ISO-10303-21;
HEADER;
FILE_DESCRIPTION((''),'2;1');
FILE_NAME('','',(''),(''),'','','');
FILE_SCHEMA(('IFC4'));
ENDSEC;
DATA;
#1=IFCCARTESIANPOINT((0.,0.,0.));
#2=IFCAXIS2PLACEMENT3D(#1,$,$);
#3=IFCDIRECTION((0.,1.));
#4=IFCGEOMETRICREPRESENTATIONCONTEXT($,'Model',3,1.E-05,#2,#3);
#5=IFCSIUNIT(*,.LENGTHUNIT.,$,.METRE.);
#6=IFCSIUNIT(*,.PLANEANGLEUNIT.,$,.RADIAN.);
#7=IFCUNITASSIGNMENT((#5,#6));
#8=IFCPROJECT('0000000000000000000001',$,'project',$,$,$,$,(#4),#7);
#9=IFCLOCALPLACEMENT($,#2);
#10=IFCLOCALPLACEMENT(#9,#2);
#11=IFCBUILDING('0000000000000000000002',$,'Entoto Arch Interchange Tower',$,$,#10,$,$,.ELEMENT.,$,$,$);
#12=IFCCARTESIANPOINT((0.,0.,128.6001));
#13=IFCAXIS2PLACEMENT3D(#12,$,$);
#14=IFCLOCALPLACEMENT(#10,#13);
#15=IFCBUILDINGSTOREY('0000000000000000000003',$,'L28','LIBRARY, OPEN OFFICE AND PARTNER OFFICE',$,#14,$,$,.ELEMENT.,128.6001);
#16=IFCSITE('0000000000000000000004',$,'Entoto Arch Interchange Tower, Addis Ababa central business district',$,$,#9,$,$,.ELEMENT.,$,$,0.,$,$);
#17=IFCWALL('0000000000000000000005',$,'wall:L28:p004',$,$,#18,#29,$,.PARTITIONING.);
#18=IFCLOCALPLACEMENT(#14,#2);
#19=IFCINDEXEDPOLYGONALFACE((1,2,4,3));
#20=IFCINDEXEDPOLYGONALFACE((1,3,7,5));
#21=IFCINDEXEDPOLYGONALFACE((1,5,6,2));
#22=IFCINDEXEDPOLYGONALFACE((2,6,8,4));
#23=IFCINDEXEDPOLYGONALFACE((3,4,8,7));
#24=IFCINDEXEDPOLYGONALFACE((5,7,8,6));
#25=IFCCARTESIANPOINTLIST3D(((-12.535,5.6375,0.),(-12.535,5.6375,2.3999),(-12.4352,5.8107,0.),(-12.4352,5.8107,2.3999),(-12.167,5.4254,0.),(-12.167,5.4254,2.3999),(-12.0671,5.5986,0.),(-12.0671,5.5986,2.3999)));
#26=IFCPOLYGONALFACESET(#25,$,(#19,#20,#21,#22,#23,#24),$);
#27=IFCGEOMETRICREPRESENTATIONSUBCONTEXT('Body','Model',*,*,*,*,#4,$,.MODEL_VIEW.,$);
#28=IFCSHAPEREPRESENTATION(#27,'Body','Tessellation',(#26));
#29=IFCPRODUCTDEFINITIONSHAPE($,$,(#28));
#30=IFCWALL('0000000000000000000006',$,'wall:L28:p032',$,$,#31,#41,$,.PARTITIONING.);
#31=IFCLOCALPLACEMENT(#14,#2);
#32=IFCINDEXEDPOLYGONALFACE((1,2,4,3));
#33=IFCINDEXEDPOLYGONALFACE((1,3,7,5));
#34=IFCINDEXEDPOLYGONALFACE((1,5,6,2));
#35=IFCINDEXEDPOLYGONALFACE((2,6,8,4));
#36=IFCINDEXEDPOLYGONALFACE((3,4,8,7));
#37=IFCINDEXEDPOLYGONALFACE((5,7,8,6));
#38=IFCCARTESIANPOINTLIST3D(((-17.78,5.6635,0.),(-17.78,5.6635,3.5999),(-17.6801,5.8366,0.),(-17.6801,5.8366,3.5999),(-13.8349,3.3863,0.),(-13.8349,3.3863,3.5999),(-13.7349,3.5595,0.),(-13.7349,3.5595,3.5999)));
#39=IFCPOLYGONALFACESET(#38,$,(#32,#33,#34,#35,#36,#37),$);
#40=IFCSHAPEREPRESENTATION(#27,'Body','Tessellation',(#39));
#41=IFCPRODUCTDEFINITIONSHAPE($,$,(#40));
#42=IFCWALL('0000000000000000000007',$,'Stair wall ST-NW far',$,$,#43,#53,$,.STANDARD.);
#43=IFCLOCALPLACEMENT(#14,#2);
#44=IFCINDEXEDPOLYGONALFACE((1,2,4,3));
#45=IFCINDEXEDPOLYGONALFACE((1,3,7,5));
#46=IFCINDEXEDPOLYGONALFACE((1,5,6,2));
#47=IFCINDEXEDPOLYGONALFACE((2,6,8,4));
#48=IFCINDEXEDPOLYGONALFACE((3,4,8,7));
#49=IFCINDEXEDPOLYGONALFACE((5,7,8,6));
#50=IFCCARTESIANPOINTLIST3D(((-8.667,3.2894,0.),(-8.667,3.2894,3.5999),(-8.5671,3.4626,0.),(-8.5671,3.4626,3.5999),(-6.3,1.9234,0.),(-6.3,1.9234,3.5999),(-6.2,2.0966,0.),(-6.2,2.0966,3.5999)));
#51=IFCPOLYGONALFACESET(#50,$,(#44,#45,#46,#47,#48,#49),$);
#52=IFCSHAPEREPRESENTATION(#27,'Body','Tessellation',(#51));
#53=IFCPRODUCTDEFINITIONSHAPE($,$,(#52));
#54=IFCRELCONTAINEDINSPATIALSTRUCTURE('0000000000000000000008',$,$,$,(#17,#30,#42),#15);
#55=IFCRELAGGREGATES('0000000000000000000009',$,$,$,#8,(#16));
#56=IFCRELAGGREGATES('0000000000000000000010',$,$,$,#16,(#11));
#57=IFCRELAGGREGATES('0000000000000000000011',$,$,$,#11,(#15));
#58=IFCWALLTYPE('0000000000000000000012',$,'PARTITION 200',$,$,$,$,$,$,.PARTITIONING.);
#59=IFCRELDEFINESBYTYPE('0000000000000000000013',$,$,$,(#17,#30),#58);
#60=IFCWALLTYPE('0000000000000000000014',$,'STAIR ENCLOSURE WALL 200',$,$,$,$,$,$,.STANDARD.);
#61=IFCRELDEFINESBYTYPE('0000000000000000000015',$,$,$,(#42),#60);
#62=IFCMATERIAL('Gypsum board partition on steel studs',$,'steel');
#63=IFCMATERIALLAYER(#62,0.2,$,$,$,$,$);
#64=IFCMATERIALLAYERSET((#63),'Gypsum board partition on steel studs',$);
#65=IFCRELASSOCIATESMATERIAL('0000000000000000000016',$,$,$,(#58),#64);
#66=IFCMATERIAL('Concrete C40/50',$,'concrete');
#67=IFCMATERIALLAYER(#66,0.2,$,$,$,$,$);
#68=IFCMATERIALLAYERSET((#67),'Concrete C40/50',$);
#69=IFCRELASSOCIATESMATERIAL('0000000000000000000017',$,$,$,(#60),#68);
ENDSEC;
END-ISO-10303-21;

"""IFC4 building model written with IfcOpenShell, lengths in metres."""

from ifc_helpers import new_model, si_unit, direction, frame, frame_2d, origin, place, context, subcontext, project, spatial, rectangle, extrude, material, layer, layer_set, type_object, element, save


model = new_model("IFC4")

# Units and contexts
model_context = context("Model", 3, precision=1e-05, world=origin(), true_north=direction((0.0, 1.0)))
body_context = subcontext(model_context, "Body", "Model", "MODEL_VIEW")
ifc_project = project(units=[si_unit("LENGTHUNIT", "METRE"), si_unit("PLANEANGLEUNIT", "RADIAN")], contexts=[model_context])

# Site, building, storey
site_placement = place(None, origin())
site = spatial("IfcSite", under=ifc_project, at=site_placement, Name="Entoto Arch Interchange Tower, Addis Ababa central business district", CompositionType="ELEMENT", RefElevation=0.0)
building_placement = place(site_placement, origin())
building = spatial("IfcBuilding", under=site, at=building_placement, Name="Entoto Arch Interchange Tower", CompositionType="ELEMENT")
storey_placement = place(building_placement, frame((0.0, 0.0, 128.6001)))
storey = spatial("IfcBuildingStorey", under=building, at=storey_placement, Name="L28", Description="LIBRARY, OPEN OFFICE AND PARTNER OFFICE", CompositionType="ELEMENT", Elevation=128.6001)

# Shared definitions
ifc_material_1 = material(Name="Concrete C40/50", Category="concrete")

# Walls
ifc_material_2 = material(Name="Gypsum board partition on steel studs", Category="steel")
ifc_layer_1 = layer(ifc_material_2, 0.2)
ifc_layer_set_1 = layer_set([ifc_layer_1], Name="Gypsum board partition on steel studs")
wall_type_1 = type_object("IfcWallType", Name="PARTITION 200", PredefinedType="PARTITIONING", material=ifc_layer_set_1)
wall_1_placement = place(storey_placement, frame((-12.4851, 5.7241, 0.0), z_axis=(0.0, 0.0, 1.0), x_axis=(0.866434, -0.499291, 0.0)))
element("IfcWall", 1, at=wall_1_placement, inside=storey, type_object=wall_type_1, Name="wall:L28:p004", PredefinedType="PARTITIONING", context=body_context, shape_type="SweptSolid", body=[
    extrude(rectangle(XDim=0.4248, YDim=0.2, at=frame_2d((0.2124, 0.0))), origin(), (0.0, 0.0, 1.0), 2.3999),
])
wall_2_placement = place(storey_placement, frame((-13.7849, 3.4729, 0.0), z_axis=(0.0, 0.0, 1.0), x_axis=(-0.866081, 0.499903, 0.0)))
element("IfcWall", 2, at=wall_2_placement, inside=storey, type_object=wall_type_1, Name="wall:L28:p032", PredefinedType="PARTITIONING", context=body_context, shape_type="SweptSolid", body=[
    extrude(rectangle(XDim=4.5552, YDim=0.2, at=frame_2d((2.2776, 0.0))), origin(), (0.0, 0.0, 1.0), 3.5999),
])
ifc_layer_2 = layer(ifc_material_1, 0.2)
ifc_layer_set_2 = layer_set([ifc_layer_2], Name="Concrete C40/50")
wall_type_2 = type_object("IfcWallType", Name="STAIR ENCLOSURE WALL 200", PredefinedType="STANDARD", material=ifc_layer_set_2)
wall_3_placement = place(storey_placement, frame((-6.25, 2.01, 0.0), z_axis=(0.0, 0.0, 1.0), x_axis=(-0.866119, 0.499838, 0.0)))
element("IfcWall", 3, at=wall_3_placement, inside=storey, type_object=wall_type_2, Name="Stair wall ST-NW far", PredefinedType="STANDARD", context=body_context, shape_type="SweptSolid", body=[
    extrude(rectangle(XDim=2.7329, YDim=0.2, at=frame_2d((1.3665, 0.0))), origin(), (0.0, 0.0, 1.0), 3.5999),
])

save(model, "model.ifc")
